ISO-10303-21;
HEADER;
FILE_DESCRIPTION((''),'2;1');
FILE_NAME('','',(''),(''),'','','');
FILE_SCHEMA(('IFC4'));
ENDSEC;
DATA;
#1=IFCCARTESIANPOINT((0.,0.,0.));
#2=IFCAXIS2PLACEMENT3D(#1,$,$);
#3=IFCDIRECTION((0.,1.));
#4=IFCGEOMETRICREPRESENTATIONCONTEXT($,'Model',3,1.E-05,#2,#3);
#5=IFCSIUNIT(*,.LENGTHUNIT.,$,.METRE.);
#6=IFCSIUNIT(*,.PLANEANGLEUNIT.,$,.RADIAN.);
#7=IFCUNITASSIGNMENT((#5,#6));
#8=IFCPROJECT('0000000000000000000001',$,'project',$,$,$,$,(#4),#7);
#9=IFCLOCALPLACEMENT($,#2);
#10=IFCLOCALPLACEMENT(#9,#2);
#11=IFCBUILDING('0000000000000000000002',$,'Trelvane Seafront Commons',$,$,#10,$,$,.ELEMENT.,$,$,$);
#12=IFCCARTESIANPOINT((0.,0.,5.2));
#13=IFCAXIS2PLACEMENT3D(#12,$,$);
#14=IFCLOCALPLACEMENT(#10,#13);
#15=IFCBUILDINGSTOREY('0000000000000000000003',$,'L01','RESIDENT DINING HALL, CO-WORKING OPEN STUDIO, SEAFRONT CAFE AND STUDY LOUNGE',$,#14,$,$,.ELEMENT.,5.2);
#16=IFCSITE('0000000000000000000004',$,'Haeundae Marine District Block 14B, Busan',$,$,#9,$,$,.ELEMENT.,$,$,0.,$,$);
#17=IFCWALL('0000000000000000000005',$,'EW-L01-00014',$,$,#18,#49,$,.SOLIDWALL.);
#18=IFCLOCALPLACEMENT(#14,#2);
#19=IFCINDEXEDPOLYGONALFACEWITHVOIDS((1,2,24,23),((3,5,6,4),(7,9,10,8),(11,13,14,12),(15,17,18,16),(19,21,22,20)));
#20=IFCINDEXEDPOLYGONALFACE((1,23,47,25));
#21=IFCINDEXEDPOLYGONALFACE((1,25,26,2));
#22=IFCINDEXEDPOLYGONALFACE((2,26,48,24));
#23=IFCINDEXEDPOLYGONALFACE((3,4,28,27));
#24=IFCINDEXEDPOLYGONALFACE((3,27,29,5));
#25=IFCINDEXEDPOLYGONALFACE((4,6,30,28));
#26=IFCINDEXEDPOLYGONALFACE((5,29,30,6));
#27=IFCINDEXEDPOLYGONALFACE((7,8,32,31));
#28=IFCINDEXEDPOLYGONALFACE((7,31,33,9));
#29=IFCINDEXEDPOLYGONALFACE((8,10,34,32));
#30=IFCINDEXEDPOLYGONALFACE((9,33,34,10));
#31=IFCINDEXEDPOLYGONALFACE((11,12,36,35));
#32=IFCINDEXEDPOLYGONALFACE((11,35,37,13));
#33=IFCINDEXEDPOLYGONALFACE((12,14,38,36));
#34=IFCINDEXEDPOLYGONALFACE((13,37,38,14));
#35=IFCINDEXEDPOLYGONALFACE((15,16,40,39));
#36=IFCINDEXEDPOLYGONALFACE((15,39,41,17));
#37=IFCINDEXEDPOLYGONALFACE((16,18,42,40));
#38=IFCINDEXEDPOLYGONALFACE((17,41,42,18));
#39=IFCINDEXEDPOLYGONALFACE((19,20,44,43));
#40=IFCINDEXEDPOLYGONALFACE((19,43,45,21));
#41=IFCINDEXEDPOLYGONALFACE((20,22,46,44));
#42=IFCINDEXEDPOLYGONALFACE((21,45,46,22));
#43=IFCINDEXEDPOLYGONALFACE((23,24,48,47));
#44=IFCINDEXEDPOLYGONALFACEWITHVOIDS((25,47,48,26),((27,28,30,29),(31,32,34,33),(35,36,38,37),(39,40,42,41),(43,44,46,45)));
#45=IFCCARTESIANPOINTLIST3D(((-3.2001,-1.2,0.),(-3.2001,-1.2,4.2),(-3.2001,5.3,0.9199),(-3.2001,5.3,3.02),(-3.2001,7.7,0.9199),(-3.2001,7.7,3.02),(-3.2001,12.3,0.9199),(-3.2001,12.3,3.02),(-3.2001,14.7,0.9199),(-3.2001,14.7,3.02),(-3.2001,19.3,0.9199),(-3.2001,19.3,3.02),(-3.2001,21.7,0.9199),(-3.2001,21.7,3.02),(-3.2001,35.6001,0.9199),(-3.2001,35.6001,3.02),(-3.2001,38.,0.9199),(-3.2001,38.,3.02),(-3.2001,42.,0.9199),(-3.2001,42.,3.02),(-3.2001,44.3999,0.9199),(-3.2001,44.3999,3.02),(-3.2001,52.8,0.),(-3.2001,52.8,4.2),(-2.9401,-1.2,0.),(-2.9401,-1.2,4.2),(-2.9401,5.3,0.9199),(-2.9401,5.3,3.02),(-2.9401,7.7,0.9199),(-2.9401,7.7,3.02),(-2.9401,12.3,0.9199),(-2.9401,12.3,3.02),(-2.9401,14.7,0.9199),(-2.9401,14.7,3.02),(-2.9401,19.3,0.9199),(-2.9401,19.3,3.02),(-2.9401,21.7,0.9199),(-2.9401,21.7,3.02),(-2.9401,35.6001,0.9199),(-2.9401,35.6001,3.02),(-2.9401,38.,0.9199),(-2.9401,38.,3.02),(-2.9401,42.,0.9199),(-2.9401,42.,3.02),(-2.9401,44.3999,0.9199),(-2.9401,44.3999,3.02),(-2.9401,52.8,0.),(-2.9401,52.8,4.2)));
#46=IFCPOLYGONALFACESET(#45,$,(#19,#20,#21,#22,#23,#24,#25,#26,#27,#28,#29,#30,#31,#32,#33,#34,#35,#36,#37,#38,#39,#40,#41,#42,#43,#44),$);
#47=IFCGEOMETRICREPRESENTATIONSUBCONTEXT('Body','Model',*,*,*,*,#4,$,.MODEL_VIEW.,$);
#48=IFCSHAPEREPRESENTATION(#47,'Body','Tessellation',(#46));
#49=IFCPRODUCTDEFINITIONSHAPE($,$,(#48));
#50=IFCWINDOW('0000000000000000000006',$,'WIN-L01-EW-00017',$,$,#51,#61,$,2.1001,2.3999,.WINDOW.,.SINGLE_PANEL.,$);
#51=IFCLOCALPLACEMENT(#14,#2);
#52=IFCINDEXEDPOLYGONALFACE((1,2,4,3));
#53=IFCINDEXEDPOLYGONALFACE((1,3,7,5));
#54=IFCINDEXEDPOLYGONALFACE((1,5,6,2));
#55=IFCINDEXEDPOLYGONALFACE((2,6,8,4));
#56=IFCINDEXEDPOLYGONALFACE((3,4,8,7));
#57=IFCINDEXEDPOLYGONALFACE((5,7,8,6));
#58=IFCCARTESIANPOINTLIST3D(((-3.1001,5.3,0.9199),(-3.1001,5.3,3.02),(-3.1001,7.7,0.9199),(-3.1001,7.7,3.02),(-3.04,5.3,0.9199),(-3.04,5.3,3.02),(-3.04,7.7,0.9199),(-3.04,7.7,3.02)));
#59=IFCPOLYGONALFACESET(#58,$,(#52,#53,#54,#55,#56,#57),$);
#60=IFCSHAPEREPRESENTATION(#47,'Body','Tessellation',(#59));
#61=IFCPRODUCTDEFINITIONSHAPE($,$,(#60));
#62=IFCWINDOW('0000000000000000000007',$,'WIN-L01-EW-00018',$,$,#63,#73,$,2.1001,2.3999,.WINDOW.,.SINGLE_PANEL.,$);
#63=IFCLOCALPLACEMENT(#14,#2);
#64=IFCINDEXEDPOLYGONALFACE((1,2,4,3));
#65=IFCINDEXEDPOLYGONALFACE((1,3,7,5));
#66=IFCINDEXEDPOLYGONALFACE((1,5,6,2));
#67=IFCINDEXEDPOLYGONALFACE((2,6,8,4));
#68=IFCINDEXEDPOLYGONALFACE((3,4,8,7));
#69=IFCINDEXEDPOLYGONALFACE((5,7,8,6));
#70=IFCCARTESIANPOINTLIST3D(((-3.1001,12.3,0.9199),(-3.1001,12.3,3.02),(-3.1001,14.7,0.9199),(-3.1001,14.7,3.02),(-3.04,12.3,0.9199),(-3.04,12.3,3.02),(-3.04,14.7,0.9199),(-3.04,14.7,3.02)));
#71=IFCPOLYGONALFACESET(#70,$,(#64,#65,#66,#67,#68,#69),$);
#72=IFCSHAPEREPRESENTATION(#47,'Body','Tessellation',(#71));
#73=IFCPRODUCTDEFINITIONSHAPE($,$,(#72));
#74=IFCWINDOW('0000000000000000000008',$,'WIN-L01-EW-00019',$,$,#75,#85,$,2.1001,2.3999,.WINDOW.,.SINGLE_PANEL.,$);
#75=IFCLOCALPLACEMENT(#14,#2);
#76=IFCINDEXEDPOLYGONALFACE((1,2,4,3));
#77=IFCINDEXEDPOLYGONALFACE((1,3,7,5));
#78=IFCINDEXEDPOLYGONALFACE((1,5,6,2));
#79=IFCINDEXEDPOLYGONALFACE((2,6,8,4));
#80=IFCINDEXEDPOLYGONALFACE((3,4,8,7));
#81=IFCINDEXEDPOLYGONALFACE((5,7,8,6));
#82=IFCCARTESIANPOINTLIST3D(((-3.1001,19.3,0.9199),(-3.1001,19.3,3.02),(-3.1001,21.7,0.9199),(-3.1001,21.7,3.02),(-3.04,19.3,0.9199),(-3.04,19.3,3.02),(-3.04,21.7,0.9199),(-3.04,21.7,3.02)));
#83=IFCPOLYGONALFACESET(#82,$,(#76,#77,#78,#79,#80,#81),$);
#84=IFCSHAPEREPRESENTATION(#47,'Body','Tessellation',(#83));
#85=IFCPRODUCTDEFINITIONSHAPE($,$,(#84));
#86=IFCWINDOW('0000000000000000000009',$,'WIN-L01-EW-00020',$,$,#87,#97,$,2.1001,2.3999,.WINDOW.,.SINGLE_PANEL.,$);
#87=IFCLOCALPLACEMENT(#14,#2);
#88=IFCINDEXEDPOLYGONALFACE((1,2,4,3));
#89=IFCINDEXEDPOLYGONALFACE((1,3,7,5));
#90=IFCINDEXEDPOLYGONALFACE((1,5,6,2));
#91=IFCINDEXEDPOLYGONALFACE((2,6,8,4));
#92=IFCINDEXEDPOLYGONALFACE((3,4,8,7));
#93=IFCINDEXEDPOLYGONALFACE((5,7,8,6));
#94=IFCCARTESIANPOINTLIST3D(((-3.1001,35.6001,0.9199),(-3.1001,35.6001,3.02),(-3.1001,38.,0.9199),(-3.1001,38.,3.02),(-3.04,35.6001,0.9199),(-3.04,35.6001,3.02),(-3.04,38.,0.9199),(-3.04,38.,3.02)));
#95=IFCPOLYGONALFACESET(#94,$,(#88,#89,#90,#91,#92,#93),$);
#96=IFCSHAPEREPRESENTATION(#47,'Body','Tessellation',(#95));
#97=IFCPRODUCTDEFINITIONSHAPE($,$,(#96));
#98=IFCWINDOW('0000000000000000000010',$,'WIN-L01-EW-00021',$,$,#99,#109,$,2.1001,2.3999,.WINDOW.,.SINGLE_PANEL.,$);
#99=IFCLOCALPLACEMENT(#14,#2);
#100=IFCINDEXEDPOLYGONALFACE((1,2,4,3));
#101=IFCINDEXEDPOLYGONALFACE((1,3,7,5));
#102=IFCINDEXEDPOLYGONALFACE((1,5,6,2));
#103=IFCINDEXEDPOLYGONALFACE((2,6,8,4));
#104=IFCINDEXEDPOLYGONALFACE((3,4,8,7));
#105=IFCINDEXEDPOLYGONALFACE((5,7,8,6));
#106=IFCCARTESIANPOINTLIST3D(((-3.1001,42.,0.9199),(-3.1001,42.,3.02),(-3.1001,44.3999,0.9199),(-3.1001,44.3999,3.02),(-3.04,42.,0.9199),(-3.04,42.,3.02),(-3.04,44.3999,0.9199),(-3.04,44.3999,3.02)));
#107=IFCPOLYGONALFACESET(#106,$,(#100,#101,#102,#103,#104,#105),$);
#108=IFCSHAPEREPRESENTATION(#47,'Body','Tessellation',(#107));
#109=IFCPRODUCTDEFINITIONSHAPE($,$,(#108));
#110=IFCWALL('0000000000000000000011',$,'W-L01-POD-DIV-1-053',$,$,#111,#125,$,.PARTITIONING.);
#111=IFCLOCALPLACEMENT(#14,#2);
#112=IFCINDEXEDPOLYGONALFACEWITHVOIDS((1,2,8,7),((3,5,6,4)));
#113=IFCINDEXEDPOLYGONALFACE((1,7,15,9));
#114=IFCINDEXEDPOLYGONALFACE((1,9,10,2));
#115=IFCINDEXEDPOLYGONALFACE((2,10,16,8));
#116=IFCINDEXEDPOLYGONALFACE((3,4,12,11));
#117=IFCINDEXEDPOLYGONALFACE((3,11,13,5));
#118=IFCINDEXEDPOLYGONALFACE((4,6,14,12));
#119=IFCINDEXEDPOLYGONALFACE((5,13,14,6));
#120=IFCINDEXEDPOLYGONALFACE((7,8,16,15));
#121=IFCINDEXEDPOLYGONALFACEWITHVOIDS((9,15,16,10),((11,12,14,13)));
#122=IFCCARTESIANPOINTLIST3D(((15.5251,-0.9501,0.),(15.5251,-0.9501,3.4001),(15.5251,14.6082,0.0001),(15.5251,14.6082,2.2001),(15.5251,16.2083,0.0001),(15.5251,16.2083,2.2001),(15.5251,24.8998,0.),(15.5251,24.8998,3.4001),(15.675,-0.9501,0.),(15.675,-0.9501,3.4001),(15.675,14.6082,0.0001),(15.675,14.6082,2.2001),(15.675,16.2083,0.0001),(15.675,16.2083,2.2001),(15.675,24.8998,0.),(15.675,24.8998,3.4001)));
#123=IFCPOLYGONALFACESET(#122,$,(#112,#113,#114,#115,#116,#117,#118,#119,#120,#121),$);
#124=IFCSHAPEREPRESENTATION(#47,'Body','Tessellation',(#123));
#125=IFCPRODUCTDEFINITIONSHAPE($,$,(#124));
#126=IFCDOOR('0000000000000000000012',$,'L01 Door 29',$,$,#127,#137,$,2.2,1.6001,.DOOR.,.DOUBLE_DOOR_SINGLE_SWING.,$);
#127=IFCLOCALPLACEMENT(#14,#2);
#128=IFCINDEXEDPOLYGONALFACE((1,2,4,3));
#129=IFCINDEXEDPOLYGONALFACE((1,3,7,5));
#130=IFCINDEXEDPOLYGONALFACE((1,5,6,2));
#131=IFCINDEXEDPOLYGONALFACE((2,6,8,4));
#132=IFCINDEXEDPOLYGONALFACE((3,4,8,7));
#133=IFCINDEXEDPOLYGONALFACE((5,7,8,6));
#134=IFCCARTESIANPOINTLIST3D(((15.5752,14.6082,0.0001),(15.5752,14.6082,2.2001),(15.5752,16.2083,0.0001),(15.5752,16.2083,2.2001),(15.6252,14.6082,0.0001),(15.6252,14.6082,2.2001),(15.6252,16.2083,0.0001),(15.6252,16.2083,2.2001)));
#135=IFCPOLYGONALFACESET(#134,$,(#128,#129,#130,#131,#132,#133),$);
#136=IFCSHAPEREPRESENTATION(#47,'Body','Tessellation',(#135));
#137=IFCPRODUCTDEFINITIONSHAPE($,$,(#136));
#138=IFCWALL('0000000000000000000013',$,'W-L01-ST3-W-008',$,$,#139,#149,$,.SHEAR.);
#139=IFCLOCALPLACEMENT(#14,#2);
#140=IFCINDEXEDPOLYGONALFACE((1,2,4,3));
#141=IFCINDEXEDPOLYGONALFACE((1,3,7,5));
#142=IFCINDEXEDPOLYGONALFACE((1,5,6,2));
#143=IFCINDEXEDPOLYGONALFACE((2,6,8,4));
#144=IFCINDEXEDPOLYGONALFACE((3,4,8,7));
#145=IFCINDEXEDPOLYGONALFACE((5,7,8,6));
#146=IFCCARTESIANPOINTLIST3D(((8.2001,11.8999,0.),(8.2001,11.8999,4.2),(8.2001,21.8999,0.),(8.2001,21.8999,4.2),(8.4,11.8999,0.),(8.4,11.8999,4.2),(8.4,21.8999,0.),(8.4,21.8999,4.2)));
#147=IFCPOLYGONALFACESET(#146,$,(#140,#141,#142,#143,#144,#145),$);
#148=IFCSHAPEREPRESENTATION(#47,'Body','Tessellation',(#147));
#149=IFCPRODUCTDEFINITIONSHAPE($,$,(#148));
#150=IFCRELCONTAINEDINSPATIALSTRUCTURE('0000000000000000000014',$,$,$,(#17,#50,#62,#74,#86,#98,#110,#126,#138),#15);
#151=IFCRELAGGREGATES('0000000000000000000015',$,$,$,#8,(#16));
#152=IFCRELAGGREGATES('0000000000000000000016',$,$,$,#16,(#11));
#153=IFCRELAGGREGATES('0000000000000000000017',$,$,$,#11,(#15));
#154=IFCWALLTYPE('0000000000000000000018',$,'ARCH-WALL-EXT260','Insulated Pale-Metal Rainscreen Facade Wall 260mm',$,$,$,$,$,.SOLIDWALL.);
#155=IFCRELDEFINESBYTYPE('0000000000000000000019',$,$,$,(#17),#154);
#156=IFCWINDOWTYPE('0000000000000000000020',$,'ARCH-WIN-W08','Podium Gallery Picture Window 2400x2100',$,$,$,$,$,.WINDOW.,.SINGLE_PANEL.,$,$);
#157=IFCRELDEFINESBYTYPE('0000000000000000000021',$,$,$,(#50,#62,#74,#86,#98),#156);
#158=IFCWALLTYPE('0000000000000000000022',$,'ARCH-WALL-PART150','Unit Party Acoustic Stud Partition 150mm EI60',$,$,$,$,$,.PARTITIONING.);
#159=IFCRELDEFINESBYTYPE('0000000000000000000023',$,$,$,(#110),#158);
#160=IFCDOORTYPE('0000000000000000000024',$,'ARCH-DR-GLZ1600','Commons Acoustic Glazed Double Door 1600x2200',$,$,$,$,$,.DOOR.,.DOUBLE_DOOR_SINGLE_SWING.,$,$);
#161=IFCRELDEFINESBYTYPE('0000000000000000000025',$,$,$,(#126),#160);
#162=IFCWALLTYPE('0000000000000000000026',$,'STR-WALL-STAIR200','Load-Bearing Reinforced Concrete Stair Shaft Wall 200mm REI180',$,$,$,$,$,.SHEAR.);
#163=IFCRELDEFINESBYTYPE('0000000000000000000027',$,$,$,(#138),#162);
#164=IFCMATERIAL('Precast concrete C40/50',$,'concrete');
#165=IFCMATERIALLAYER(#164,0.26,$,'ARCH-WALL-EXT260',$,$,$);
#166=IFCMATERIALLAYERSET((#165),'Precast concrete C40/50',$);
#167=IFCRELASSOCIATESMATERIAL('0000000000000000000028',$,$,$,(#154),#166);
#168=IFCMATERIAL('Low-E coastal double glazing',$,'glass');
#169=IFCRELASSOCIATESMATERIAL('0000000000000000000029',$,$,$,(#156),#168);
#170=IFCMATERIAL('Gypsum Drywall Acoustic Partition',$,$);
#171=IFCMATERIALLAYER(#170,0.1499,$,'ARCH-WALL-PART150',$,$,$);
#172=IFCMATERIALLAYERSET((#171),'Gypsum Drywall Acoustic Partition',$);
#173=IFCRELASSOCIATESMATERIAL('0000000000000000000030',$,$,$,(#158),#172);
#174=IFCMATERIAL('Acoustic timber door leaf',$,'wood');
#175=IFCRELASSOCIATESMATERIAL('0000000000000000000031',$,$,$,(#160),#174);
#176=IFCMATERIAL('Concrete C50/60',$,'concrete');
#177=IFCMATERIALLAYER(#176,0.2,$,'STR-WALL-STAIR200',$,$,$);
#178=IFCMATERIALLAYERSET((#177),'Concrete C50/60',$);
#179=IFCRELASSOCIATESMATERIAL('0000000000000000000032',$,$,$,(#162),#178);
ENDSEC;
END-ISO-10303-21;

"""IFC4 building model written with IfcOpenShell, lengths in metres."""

from ifc_helpers import new_model, si_unit, direction, frame, frame_2d, origin, place, context, subcontext, project, spatial, rectangle, extrude, source, transform, mapped, material, layer, layer_set, type_object, element, fill, save


model = new_model("IFC4")

# Units and contexts
model_context = context("Model", 3, precision=1e-05, world=origin(), true_north=direction((0.0, 1.0)))
body_context = subcontext(model_context, "Body", "Model", "MODEL_VIEW")
ifc_project = project(units=[si_unit("LENGTHUNIT", "METRE"), si_unit("PLANEANGLEUNIT", "RADIAN")], contexts=[model_context])

# Site, building, storey
site_placement = place(None, origin())
site = spatial("IfcSite", under=ifc_project, at=site_placement, Name="Haeundae Marine District Block 14B, Busan", CompositionType="ELEMENT", RefElevation=0.0)
building_placement = place(site_placement, origin())
building = spatial("IfcBuilding", under=site, at=building_placement, Name="Trelvane Seafront Commons", CompositionType="ELEMENT")
storey_placement = place(building_placement, frame((0.0, 0.0, 5.2)))
storey = spatial("IfcBuildingStorey", under=building, at=storey_placement, Name="L01", Description="RESIDENT DINING HALL, CO-WORKING OPEN STUDIO, SEAFRONT CAFE AND STUDY LOUNGE", CompositionType="ELEMENT", Elevation=5.2)

# Shared definitions
ifc_material_1 = material(Name="Concrete C50/60", Category="concrete")

# Wall, openings, windows
ifc_material_2 = material(Name="Precast concrete C40/50", Category="concrete")
ifc_layer_1 = layer(ifc_material_2, 0.26, Name="ARCH-WALL-EXT260")
ifc_layer_set_1 = layer_set([ifc_layer_1], Name="Precast concrete C40/50")
wall_type_1 = type_object("IfcWallType", Name="ARCH-WALL-EXT260", Description="Insulated Pale-Metal Rainscreen Facade Wall 260mm", PredefinedType="SOLIDWALL", material=ifc_layer_set_1)
wall_1_placement = place(storey_placement, frame((-3.0701, -1.2, 0.0), z_axis=(0.0, 0.0, 1.0), x_axis=(0.0, 1.0, 0.0)))
wall_1 = element("IfcWall", 1, at=wall_1_placement, inside=storey, type_object=wall_type_1, Name="EW-L01-00014", PredefinedType="SOLIDWALL", context=body_context, shape_type="SweptSolid", body=[
    extrude(rectangle(XDim=54.0, YDim=0.26, at=frame_2d((27.0, 0.0))), origin(), (0.0, 0.0, 1.0), 4.2),
])
opening_1_placement = place(wall_1_placement, frame((6.5, 0.0, 0.9199)))
opening_1 = element("IfcOpeningElement", 2, at=opening_1_placement, cuts=wall_1, PredefinedType="OPENING", context=body_context, shape_type="SweptSolid", body=[
    extrude(rectangle(XDim=2.3999, YDim=2.1001, at=frame_2d((1.2, 1.05))), frame((0.0, 0.1399, 0.0), z_axis=(0.0, -1.0, 0.0), x_axis=(1.0, 0.0, 0.0)), (0.0, 0.0, 1.0), 0.28),
])
opening_2_placement = place(wall_1_placement, frame((13.5, 0.0, 0.9199)))
opening_2 = element("IfcOpeningElement", 3, at=opening_2_placement, cuts=wall_1, PredefinedType="OPENING", context=body_context, shape_type="SweptSolid", body=[
    extrude(rectangle(XDim=2.3999, YDim=2.1001, at=frame_2d((1.2, 1.05))), frame((0.0, 0.1399, 0.0), z_axis=(0.0, -1.0, 0.0), x_axis=(1.0, 0.0, 0.0)), (0.0, 0.0, 1.0), 0.28),
])
opening_3_placement = place(wall_1_placement, frame((20.5, 0.0, 0.9199)))
opening_3 = element("IfcOpeningElement", 4, at=opening_3_placement, cuts=wall_1, PredefinedType="OPENING", context=body_context, shape_type="SweptSolid", body=[
    extrude(rectangle(XDim=2.3999, YDim=2.1001, at=frame_2d((1.2, 1.05))), frame((0.0, 0.1399, 0.0), z_axis=(0.0, -1.0, 0.0), x_axis=(1.0, 0.0, 0.0)), (0.0, 0.0, 1.0), 0.28),
])
opening_4_placement = place(wall_1_placement, frame((36.8, 0.0, 0.9199)))
opening_4 = element("IfcOpeningElement", 5, at=opening_4_placement, cuts=wall_1, PredefinedType="OPENING", context=body_context, shape_type="SweptSolid", body=[
    extrude(rectangle(XDim=2.3999, YDim=2.1001, at=frame_2d((1.2, 1.05))), frame((0.0, 0.1399, 0.0), z_axis=(0.0, -1.0, 0.0), x_axis=(1.0, 0.0, 0.0)), (0.0, 0.0, 1.0), 0.28),
])
opening_5_placement = place(wall_1_placement, frame((43.2, 0.0, 0.9199)))
opening_5 = element("IfcOpeningElement", 6, at=opening_5_placement, cuts=wall_1, PredefinedType="OPENING", context=body_context, shape_type="SweptSolid", body=[
    extrude(rectangle(XDim=2.3999, YDim=2.1001, at=frame_2d((1.2, 1.05))), frame((0.0, 0.1399, 0.0), z_axis=(0.0, -1.0, 0.0), x_axis=(1.0, 0.0, 0.0)), (0.0, 0.0, 1.0), 0.28),
])
ifc_material_3 = material(Name="Low-E coastal double glazing", Category="glass")
window_type = type_object("IfcWindowType", Name="ARCH-WIN-W08", Description="Podium Gallery Picture Window 2400x2100", PartitioningType="SINGLE_PANEL", PredefinedType="WINDOW", material=ifc_material_3)
shared_shape_1 = source(origin(), body_context, "Body", "SweptSolid", [
    extrude(rectangle(XDim=2.3999, YDim=2.1001, at=frame_2d((1.2, 1.05))), frame((0.0, 0.03, 0.0), z_axis=(0.0, -1.0, 0.0), x_axis=(1.0, 0.0, 0.0)), (0.0, 0.0, 1.0), 0.0601),
])
window_1_placement = place(opening_1_placement, origin())
window_1 = element("IfcWindow", 7, at=window_1_placement, inside=storey, type_object=window_type, Name="WIN-L01-EW-00017", OverallHeight=2.1001, OverallWidth=2.3999, PartitioningType="SINGLE_PANEL", PredefinedType="WINDOW", context=body_context, shape_type="MappedRepresentation", body=[
    mapped(shared_shape_1, transform((0.0, 0.0, 0.0), x_axis=(1.0, 0.0, 0.0), y_axis=(0.0, 1.0, 0.0), z_axis=(0.0, 0.0, 1.0), scale=1.0)),
])
fill(opening_1, window_1)
window_2_placement = place(opening_2_placement, origin())
window_2 = element("IfcWindow", 8, at=window_2_placement, inside=storey, type_object=window_type, Name="WIN-L01-EW-00018", OverallHeight=2.1001, OverallWidth=2.3999, PartitioningType="SINGLE_PANEL", PredefinedType="WINDOW", context=body_context, shape_type="MappedRepresentation", body=[
    mapped(shared_shape_1, transform((0.0, 0.0, 0.0), x_axis=(1.0, 0.0, 0.0), y_axis=(0.0, 1.0, 0.0), z_axis=(0.0, 0.0, 1.0), scale=1.0)),
])
fill(opening_2, window_2)
window_3_placement = place(opening_3_placement, origin())
window_3 = element("IfcWindow", 9, at=window_3_placement, inside=storey, type_object=window_type, Name="WIN-L01-EW-00019", OverallHeight=2.1001, OverallWidth=2.3999, PartitioningType="SINGLE_PANEL", PredefinedType="WINDOW", context=body_context, shape_type="MappedRepresentation", body=[
    mapped(shared_shape_1, transform((0.0, 0.0, 0.0), x_axis=(1.0, 0.0, 0.0), y_axis=(0.0, 1.0, 0.0), z_axis=(0.0, 0.0, 1.0), scale=1.0)),
])
fill(opening_3, window_3)
window_4_placement = place(opening_4_placement, origin())
window_4 = element("IfcWindow", 10, at=window_4_placement, inside=storey, type_object=window_type, Name="WIN-L01-EW-00020", OverallHeight=2.1001, OverallWidth=2.3999, PartitioningType="SINGLE_PANEL", PredefinedType="WINDOW", context=body_context, shape_type="MappedRepresentation", body=[
    mapped(shared_shape_1, transform((0.0, 0.0, 0.0), x_axis=(1.0, 0.0, 0.0), y_axis=(0.0, 1.0, 0.0), z_axis=(0.0, 0.0, 1.0), scale=1.0)),
])
fill(opening_4, window_4)
window_5_placement = place(opening_5_placement, origin())
window_5 = element("IfcWindow", 11, at=window_5_placement, inside=storey, type_object=window_type, Name="WIN-L01-EW-00021", OverallHeight=2.1001, OverallWidth=2.3999, PartitioningType="SINGLE_PANEL", PredefinedType="WINDOW", context=body_context, shape_type="MappedRepresentation", body=[
    mapped(shared_shape_1, transform((0.0, 0.0, 0.0), x_axis=(1.0, 0.0, 0.0), y_axis=(0.0, 1.0, 0.0), z_axis=(0.0, 0.0, 1.0), scale=1.0)),
])
fill(opening_5, window_5)

# Wall, opening, door
ifc_material_4 = material(Name="Gypsum Drywall Acoustic Partition")
ifc_layer_2 = layer(ifc_material_4, 0.1499, Name="ARCH-WALL-PART150")
ifc_layer_set_2 = layer_set([ifc_layer_2], Name="Gypsum Drywall Acoustic Partition")
wall_type_2 = type_object("IfcWallType", Name="ARCH-WALL-PART150", Description="Unit Party Acoustic Stud Partition 150mm EI60", PredefinedType="PARTITIONING", material=ifc_layer_set_2)
wall_2_placement = place(storey_placement, frame((15.6001, -0.95, 0.0), z_axis=(0.0, 0.0, 1.0), x_axis=(0.0, 1.0, 0.0)))
wall_2 = element("IfcWall", 12, at=wall_2_placement, inside=storey, type_object=wall_type_2, Name="W-L01-POD-DIV-1-053", PredefinedType="PARTITIONING", context=body_context, shape_type="SweptSolid", body=[
    extrude(rectangle(XDim=25.8499, YDim=0.1499, at=frame_2d((12.9248, 0.0))), origin(), (0.0, 0.0, 1.0), 3.4001),
])
opening_6_placement = place(wall_2_placement, frame((15.5581, 0.0, 0.0)))
opening_6 = element("IfcOpeningElement", 13, at=opening_6_placement, cuts=wall_2, PredefinedType="OPENING", context=body_context, shape_type="SweptSolid", body=[
    extrude(rectangle(XDim=1.6001, YDim=2.2, at=frame_2d((0.8, 1.1001))), frame((0.0, 0.085, 0.0), z_axis=(0.0, -1.0, 0.0), x_axis=(1.0, 0.0, 0.0)), (0.0, 0.0, 1.0), 0.1699),
])
ifc_material_5 = material(Name="Acoustic timber door leaf", Category="wood")
door_type = type_object("IfcDoorType", Name="ARCH-DR-GLZ1600", Description="Commons Acoustic Glazed Double Door 1600x2200", OperationType="DOUBLE_DOOR_SINGLE_SWING", PredefinedType="DOOR", material=ifc_material_5)
shared_shape_2 = source(origin(), body_context, "Body", "SweptSolid", [
    extrude(rectangle(XDim=1.6001, YDim=2.2, at=frame_2d((0.8, 1.1001))), frame((0.0, 0.0249, 0.0), z_axis=(0.0, -1.0, 0.0), x_axis=(1.0, 0.0, 0.0)), (0.0, 0.0, 1.0), 0.05),
])
door_placement = place(opening_6_placement, origin())
door = element("IfcDoor", 14, at=door_placement, inside=storey, type_object=door_type, Name="L01 Door 29", OperationType="DOUBLE_DOOR_SINGLE_SWING", OverallHeight=2.2, OverallWidth=1.6001, PredefinedType="DOOR", context=body_context, shape_type="MappedRepresentation", body=[
    mapped(shared_shape_2, transform((0.0, 0.0, 0.0), x_axis=(1.0, 0.0, 0.0), y_axis=(0.0, 1.0, 0.0), z_axis=(0.0, 0.0, 1.0), scale=1.0)),
])
fill(opening_6, door)

# Wall
ifc_layer_3 = layer(ifc_material_1, 0.2, Name="STR-WALL-STAIR200")
ifc_layer_set_3 = layer_set([ifc_layer_3], Name="Concrete C50/60")
wall_type_3 = type_object("IfcWallType", Name="STR-WALL-STAIR200", Description="Load-Bearing Reinforced Concrete Stair Shaft Wall 200mm REI180", PredefinedType="SHEAR", material=ifc_layer_set_3)
wall_3_placement = place(storey_placement, frame((8.3, 11.8999, 0.0), z_axis=(0.0, 0.0, 1.0), x_axis=(0.0, 1.0, 0.0)))
element("IfcWall", 15, at=wall_3_placement, inside=storey, type_object=wall_type_3, Name="W-L01-ST3-W-008", PredefinedType="SHEAR", context=body_context, shape_type="SweptSolid", body=[
    extrude(rectangle(XDim=10.0, YDim=0.2, at=frame_2d((5.0, 0.0))), origin(), (0.0, 0.0, 1.0), 4.2),
])

save(model, "model.ifc")
